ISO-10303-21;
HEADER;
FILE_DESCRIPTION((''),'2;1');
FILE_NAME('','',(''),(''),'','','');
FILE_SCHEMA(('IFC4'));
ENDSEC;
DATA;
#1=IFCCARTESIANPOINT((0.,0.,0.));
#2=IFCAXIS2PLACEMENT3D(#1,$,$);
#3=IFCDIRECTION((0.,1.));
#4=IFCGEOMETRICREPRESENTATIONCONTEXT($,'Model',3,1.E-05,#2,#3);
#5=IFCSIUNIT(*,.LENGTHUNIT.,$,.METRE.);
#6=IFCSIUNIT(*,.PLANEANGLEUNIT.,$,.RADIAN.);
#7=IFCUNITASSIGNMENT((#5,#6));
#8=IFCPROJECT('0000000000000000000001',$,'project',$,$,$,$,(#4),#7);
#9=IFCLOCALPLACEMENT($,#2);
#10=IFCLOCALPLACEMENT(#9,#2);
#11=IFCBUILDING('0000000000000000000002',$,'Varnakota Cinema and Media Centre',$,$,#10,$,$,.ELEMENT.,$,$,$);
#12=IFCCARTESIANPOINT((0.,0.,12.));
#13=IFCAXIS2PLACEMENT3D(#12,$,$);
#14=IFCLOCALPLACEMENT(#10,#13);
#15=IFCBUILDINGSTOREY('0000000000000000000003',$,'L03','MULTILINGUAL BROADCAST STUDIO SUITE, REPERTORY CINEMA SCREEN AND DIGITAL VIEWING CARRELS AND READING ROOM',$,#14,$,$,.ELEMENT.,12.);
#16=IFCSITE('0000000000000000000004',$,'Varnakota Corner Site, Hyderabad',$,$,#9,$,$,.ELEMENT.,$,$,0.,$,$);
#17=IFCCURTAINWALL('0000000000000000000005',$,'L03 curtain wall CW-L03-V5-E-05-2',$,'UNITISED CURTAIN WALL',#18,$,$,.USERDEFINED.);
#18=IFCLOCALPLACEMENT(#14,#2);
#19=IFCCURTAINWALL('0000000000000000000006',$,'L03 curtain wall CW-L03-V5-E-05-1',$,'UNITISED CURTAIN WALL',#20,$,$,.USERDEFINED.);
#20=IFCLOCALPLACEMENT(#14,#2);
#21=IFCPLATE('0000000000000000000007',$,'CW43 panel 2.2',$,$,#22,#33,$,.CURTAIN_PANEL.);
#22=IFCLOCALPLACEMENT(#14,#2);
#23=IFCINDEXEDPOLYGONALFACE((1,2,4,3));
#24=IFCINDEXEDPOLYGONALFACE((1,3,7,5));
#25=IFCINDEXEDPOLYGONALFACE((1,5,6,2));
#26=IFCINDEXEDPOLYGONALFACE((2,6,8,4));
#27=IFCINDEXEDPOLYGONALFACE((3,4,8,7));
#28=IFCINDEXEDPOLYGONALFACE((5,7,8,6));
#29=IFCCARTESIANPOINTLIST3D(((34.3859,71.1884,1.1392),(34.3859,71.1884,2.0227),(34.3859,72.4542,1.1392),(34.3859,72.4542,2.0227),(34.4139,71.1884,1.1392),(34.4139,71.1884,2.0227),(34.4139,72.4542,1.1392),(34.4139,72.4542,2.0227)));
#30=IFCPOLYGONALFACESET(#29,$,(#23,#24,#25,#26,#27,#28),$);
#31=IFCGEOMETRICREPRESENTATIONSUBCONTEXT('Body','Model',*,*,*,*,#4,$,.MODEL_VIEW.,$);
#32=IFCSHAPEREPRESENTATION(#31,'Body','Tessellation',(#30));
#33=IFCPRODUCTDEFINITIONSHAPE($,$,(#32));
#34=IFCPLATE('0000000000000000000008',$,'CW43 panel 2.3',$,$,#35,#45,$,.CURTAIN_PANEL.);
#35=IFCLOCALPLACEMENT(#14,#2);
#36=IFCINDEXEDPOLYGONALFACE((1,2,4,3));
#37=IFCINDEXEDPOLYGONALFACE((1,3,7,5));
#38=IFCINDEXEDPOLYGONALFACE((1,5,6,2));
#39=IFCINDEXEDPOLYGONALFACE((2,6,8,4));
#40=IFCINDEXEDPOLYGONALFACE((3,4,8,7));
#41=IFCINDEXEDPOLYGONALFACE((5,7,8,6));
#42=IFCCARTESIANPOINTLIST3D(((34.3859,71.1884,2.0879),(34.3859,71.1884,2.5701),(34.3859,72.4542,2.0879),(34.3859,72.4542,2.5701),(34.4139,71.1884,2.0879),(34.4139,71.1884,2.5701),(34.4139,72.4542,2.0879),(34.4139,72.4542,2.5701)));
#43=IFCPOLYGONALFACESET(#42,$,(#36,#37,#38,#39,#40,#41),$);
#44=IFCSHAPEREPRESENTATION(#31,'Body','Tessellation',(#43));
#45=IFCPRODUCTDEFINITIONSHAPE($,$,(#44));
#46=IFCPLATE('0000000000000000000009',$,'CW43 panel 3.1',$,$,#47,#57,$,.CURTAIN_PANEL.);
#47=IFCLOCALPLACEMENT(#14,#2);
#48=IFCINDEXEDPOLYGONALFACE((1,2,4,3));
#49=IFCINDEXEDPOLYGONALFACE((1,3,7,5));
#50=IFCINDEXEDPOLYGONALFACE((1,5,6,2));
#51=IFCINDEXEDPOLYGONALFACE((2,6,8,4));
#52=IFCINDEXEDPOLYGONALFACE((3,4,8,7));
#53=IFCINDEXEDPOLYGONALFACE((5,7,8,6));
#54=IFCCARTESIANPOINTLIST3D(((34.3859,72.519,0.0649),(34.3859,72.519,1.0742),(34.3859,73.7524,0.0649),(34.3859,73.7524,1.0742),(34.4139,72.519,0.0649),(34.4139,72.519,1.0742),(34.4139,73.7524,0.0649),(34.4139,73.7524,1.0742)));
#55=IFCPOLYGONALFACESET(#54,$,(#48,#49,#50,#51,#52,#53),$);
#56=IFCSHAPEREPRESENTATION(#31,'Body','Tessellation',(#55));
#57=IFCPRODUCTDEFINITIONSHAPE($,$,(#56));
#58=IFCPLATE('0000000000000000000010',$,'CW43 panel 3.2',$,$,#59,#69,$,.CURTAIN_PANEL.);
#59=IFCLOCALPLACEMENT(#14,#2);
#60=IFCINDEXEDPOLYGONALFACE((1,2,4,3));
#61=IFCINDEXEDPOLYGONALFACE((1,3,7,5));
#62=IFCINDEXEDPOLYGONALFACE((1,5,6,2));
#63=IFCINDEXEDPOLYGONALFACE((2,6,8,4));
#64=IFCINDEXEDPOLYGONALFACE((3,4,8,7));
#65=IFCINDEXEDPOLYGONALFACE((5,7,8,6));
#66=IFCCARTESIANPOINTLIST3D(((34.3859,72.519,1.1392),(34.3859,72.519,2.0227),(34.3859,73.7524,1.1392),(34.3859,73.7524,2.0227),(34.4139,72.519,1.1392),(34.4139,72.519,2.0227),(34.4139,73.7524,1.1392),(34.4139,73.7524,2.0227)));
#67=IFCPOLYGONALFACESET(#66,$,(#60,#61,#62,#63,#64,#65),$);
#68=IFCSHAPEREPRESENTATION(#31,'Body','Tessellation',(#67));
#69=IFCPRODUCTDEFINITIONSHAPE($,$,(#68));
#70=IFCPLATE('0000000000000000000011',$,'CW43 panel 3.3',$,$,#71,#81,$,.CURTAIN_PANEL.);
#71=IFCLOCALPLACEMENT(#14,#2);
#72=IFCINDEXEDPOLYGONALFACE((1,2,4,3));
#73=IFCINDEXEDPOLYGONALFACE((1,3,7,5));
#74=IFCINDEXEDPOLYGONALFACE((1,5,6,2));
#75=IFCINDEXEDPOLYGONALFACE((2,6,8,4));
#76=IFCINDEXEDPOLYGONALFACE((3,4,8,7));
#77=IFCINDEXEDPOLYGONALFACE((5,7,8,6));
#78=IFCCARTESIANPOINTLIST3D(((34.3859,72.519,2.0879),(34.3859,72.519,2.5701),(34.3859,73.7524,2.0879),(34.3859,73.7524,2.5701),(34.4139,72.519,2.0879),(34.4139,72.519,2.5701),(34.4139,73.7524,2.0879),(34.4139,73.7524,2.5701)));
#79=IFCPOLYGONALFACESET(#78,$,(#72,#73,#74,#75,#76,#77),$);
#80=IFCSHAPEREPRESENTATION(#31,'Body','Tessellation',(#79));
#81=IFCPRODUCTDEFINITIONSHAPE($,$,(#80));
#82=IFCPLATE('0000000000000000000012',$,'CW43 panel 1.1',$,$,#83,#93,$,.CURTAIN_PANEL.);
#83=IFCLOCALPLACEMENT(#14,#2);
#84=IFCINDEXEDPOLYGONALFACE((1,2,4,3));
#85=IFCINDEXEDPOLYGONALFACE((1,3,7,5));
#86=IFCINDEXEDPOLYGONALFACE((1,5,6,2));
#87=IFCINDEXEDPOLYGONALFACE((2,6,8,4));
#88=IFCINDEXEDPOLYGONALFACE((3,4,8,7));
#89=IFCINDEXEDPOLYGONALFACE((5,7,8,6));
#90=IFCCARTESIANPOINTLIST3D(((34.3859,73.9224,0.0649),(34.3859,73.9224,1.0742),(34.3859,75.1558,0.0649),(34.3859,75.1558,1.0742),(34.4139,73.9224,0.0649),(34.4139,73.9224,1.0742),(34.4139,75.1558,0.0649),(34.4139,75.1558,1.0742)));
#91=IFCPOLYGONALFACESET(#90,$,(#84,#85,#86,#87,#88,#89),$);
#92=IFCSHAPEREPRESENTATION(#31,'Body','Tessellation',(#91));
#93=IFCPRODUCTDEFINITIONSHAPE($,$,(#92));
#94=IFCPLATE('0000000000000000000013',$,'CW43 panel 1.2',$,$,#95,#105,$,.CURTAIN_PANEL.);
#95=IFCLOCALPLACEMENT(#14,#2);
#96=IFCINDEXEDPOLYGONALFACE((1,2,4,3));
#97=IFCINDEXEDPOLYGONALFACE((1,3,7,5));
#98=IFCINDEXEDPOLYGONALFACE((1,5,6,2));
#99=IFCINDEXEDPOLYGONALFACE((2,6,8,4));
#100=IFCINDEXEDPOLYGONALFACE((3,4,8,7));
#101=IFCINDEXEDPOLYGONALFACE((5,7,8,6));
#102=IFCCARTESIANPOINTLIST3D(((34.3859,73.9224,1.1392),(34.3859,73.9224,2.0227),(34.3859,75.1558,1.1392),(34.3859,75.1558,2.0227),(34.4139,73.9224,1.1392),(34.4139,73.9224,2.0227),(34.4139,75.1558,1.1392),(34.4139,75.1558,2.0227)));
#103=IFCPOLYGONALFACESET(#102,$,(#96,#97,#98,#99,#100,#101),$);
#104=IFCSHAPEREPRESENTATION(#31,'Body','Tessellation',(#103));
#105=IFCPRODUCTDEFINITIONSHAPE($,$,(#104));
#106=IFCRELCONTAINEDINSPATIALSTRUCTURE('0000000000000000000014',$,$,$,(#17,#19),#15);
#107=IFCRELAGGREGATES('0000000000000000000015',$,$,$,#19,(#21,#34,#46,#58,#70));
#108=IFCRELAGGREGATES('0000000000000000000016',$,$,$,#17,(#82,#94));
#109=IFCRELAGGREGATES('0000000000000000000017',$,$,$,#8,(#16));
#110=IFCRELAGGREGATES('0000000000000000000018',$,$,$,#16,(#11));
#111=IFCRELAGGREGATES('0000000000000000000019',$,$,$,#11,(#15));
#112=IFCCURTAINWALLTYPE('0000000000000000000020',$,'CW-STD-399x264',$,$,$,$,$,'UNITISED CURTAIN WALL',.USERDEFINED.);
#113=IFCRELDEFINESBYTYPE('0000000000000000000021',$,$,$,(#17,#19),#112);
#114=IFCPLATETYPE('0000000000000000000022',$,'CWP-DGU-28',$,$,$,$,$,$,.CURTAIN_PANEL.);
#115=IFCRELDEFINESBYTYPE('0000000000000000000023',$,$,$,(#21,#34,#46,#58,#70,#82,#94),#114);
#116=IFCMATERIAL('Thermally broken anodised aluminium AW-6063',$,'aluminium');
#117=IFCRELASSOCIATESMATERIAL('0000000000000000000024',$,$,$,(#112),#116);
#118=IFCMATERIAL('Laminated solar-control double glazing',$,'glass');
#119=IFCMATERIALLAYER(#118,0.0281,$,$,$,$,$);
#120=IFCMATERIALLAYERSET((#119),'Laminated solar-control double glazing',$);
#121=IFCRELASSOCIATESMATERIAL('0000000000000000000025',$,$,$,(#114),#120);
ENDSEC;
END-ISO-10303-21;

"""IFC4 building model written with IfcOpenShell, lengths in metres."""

from ifc_helpers import new_model, si_unit, direction, frame, origin, origin_2d, place, context, subcontext, project, spatial, rectangle, extrude, material, layer, layer_set, type_object, element, aggregate, save


model = new_model("IFC4")

# Units and contexts
model_context = context("Model", 3, precision=1e-05, world=origin(), true_north=direction((0.0, 1.0)))
body_context = subcontext(model_context, "Body", "Model", "MODEL_VIEW")
ifc_project = project(units=[si_unit("LENGTHUNIT", "METRE"), si_unit("PLANEANGLEUNIT", "RADIAN")], contexts=[model_context])

# Site, building, storey
site_placement = place(None, origin())
site = spatial("IfcSite", under=ifc_project, at=site_placement, Name="Varnakota Corner Site, Hyderabad", CompositionType="ELEMENT", RefElevation=0.0)
building_placement = place(site_placement, origin())
building = spatial("IfcBuilding", under=site, at=building_placement, Name="Varnakota Cinema and Media Centre", CompositionType="ELEMENT")
storey_placement = place(building_placement, frame((0.0, 0.0, 12.0)))
storey = spatial("IfcBuildingStorey", under=building, at=storey_placement, Name="L03", Description="MULTILINGUAL BROADCAST STUDIO SUITE, REPERTORY CINEMA SCREEN AND DIGITAL VIEWING CARRELS AND READING ROOM", CompositionType="ELEMENT", Elevation=12.0)

# Curtain wall
ifc_material_1 = material(Name="Thermally broken anodised aluminium AW-6063", Category="aluminium")
curtain_wall_type = type_object("IfcCurtainWallType", Name="CW-STD-399x264", ElementType="UNITISED CURTAIN WALL", PredefinedType="USERDEFINED", material=ifc_material_1)
curtain_wall_1_placement = place(storey_placement, origin())
curtain_wall_1 = element("IfcCurtainWall", 1, at=curtain_wall_1_placement, inside=storey, type_object=curtain_wall_type, Name="L03 curtain wall CW-L03-V5-E-05-2", ObjectType="UNITISED CURTAIN WALL", PredefinedType="USERDEFINED")

# Curtain wall
curtain_wall_2_placement = place(storey_placement, origin())
curtain_wall_2 = element("IfcCurtainWall", 2, at=curtain_wall_2_placement, inside=storey, type_object=curtain_wall_type, Name="L03 curtain wall CW-L03-V5-E-05-1", ObjectType="UNITISED CURTAIN WALL", PredefinedType="USERDEFINED")

# Plates
ifc_material_2 = material(Name="Laminated solar-control double glazing", Category="glass")
ifc_layer = layer(ifc_material_2, 0.0281)
ifc_layer_set = layer_set([ifc_layer], Name="Laminated solar-control double glazing")
plate_type = type_object("IfcPlateType", Name="CWP-DGU-28", PredefinedType="CURTAIN_PANEL", material=ifc_layer_set)
plate_1_placement = place(storey_placement, frame((34.3999, 71.8213, 1.1392), z_axis=(0.0, 0.0, 1.0), x_axis=(0.0, 1.0, 0.0)))
plate_1 = element("IfcPlate", 3, at=plate_1_placement, type_object=plate_type, Name="CW43 panel 2.2", PredefinedType="CURTAIN_PANEL", context=body_context, shape_type="SweptSolid", body=[
    extrude(rectangle(XDim=1.2659, YDim=0.0281, at=origin_2d()), origin(), (0.0, 0.0, 1.0), 0.8835),
])
plate_2_placement = place(storey_placement, frame((34.3999, 71.8213, 2.0879), z_axis=(0.0, 0.0, 1.0), x_axis=(0.0, 1.0, 0.0)))
plate_2 = element("IfcPlate", 4, at=plate_2_placement, type_object=plate_type, Name="CW43 panel 2.3", PredefinedType="CURTAIN_PANEL", context=body_context, shape_type="SweptSolid", body=[
    extrude(rectangle(XDim=1.2659, YDim=0.0281, at=origin_2d()), origin(), (0.0, 0.0, 1.0), 0.4822),
])
plate_3_placement = place(storey_placement, frame((34.3999, 73.1357, 0.0649), z_axis=(0.0, 0.0, 1.0), x_axis=(0.0, 1.0, 0.0)))
plate_3 = element("IfcPlate", 5, at=plate_3_placement, type_object=plate_type, Name="CW43 panel 3.1", PredefinedType="CURTAIN_PANEL", context=body_context, shape_type="SweptSolid", body=[
    extrude(rectangle(XDim=1.2334, YDim=0.0281, at=origin_2d()), origin(), (0.0, 0.0, 1.0), 1.0093),
])
plate_4_placement = place(storey_placement, frame((34.3999, 73.1357, 1.1392), z_axis=(0.0, 0.0, 1.0), x_axis=(0.0, 1.0, 0.0)))
plate_4 = element("IfcPlate", 6, at=plate_4_placement, type_object=plate_type, Name="CW43 panel 3.2", PredefinedType="CURTAIN_PANEL", context=body_context, shape_type="SweptSolid", body=[
    extrude(rectangle(XDim=1.2334, YDim=0.0281, at=origin_2d()), origin(), (0.0, 0.0, 1.0), 0.8835),
])
plate_5_placement = place(storey_placement, frame((34.3999, 73.1357, 2.0879), z_axis=(0.0, 0.0, 1.0), x_axis=(0.0, 1.0, 0.0)))
plate_5 = element("IfcPlate", 7, at=plate_5_placement, type_object=plate_type, Name="CW43 panel 3.3", PredefinedType="CURTAIN_PANEL", context=body_context, shape_type="SweptSolid", body=[
    extrude(rectangle(XDim=1.2334, YDim=0.0281, at=origin_2d()), origin(), (0.0, 0.0, 1.0), 0.4822),
])
aggregate(curtain_wall_2, [plate_1, plate_2, plate_3, plate_4, plate_5])
plate_6_placement = place(storey_placement, frame((34.3999, 74.5391, 0.0649), z_axis=(0.0, 0.0, 1.0), x_axis=(0.0, 1.0, 0.0)))
plate_6 = element("IfcPlate", 8, at=plate_6_placement, type_object=plate_type, Name="CW43 panel 1.1", PredefinedType="CURTAIN_PANEL", context=body_context, shape_type="SweptSolid", body=[
    extrude(rectangle(XDim=1.2334, YDim=0.0281, at=origin_2d()), origin(), (0.0, 0.0, 1.0), 1.0093),
])
plate_7_placement = place(storey_placement, frame((34.3999, 74.5391, 1.1392), z_axis=(0.0, 0.0, 1.0), x_axis=(0.0, 1.0, 0.0)))
plate_7 = element("IfcPlate", 9, at=plate_7_placement, type_object=plate_type, Name="CW43 panel 1.2", PredefinedType="CURTAIN_PANEL", context=body_context, shape_type="SweptSolid", body=[
    extrude(rectangle(XDim=1.2334, YDim=0.0281, at=origin_2d()), origin(), (0.0, 0.0, 1.0), 0.8835),
])
aggregate(curtain_wall_1, [plate_6, plate_7])

save(model, "model.ifc")
